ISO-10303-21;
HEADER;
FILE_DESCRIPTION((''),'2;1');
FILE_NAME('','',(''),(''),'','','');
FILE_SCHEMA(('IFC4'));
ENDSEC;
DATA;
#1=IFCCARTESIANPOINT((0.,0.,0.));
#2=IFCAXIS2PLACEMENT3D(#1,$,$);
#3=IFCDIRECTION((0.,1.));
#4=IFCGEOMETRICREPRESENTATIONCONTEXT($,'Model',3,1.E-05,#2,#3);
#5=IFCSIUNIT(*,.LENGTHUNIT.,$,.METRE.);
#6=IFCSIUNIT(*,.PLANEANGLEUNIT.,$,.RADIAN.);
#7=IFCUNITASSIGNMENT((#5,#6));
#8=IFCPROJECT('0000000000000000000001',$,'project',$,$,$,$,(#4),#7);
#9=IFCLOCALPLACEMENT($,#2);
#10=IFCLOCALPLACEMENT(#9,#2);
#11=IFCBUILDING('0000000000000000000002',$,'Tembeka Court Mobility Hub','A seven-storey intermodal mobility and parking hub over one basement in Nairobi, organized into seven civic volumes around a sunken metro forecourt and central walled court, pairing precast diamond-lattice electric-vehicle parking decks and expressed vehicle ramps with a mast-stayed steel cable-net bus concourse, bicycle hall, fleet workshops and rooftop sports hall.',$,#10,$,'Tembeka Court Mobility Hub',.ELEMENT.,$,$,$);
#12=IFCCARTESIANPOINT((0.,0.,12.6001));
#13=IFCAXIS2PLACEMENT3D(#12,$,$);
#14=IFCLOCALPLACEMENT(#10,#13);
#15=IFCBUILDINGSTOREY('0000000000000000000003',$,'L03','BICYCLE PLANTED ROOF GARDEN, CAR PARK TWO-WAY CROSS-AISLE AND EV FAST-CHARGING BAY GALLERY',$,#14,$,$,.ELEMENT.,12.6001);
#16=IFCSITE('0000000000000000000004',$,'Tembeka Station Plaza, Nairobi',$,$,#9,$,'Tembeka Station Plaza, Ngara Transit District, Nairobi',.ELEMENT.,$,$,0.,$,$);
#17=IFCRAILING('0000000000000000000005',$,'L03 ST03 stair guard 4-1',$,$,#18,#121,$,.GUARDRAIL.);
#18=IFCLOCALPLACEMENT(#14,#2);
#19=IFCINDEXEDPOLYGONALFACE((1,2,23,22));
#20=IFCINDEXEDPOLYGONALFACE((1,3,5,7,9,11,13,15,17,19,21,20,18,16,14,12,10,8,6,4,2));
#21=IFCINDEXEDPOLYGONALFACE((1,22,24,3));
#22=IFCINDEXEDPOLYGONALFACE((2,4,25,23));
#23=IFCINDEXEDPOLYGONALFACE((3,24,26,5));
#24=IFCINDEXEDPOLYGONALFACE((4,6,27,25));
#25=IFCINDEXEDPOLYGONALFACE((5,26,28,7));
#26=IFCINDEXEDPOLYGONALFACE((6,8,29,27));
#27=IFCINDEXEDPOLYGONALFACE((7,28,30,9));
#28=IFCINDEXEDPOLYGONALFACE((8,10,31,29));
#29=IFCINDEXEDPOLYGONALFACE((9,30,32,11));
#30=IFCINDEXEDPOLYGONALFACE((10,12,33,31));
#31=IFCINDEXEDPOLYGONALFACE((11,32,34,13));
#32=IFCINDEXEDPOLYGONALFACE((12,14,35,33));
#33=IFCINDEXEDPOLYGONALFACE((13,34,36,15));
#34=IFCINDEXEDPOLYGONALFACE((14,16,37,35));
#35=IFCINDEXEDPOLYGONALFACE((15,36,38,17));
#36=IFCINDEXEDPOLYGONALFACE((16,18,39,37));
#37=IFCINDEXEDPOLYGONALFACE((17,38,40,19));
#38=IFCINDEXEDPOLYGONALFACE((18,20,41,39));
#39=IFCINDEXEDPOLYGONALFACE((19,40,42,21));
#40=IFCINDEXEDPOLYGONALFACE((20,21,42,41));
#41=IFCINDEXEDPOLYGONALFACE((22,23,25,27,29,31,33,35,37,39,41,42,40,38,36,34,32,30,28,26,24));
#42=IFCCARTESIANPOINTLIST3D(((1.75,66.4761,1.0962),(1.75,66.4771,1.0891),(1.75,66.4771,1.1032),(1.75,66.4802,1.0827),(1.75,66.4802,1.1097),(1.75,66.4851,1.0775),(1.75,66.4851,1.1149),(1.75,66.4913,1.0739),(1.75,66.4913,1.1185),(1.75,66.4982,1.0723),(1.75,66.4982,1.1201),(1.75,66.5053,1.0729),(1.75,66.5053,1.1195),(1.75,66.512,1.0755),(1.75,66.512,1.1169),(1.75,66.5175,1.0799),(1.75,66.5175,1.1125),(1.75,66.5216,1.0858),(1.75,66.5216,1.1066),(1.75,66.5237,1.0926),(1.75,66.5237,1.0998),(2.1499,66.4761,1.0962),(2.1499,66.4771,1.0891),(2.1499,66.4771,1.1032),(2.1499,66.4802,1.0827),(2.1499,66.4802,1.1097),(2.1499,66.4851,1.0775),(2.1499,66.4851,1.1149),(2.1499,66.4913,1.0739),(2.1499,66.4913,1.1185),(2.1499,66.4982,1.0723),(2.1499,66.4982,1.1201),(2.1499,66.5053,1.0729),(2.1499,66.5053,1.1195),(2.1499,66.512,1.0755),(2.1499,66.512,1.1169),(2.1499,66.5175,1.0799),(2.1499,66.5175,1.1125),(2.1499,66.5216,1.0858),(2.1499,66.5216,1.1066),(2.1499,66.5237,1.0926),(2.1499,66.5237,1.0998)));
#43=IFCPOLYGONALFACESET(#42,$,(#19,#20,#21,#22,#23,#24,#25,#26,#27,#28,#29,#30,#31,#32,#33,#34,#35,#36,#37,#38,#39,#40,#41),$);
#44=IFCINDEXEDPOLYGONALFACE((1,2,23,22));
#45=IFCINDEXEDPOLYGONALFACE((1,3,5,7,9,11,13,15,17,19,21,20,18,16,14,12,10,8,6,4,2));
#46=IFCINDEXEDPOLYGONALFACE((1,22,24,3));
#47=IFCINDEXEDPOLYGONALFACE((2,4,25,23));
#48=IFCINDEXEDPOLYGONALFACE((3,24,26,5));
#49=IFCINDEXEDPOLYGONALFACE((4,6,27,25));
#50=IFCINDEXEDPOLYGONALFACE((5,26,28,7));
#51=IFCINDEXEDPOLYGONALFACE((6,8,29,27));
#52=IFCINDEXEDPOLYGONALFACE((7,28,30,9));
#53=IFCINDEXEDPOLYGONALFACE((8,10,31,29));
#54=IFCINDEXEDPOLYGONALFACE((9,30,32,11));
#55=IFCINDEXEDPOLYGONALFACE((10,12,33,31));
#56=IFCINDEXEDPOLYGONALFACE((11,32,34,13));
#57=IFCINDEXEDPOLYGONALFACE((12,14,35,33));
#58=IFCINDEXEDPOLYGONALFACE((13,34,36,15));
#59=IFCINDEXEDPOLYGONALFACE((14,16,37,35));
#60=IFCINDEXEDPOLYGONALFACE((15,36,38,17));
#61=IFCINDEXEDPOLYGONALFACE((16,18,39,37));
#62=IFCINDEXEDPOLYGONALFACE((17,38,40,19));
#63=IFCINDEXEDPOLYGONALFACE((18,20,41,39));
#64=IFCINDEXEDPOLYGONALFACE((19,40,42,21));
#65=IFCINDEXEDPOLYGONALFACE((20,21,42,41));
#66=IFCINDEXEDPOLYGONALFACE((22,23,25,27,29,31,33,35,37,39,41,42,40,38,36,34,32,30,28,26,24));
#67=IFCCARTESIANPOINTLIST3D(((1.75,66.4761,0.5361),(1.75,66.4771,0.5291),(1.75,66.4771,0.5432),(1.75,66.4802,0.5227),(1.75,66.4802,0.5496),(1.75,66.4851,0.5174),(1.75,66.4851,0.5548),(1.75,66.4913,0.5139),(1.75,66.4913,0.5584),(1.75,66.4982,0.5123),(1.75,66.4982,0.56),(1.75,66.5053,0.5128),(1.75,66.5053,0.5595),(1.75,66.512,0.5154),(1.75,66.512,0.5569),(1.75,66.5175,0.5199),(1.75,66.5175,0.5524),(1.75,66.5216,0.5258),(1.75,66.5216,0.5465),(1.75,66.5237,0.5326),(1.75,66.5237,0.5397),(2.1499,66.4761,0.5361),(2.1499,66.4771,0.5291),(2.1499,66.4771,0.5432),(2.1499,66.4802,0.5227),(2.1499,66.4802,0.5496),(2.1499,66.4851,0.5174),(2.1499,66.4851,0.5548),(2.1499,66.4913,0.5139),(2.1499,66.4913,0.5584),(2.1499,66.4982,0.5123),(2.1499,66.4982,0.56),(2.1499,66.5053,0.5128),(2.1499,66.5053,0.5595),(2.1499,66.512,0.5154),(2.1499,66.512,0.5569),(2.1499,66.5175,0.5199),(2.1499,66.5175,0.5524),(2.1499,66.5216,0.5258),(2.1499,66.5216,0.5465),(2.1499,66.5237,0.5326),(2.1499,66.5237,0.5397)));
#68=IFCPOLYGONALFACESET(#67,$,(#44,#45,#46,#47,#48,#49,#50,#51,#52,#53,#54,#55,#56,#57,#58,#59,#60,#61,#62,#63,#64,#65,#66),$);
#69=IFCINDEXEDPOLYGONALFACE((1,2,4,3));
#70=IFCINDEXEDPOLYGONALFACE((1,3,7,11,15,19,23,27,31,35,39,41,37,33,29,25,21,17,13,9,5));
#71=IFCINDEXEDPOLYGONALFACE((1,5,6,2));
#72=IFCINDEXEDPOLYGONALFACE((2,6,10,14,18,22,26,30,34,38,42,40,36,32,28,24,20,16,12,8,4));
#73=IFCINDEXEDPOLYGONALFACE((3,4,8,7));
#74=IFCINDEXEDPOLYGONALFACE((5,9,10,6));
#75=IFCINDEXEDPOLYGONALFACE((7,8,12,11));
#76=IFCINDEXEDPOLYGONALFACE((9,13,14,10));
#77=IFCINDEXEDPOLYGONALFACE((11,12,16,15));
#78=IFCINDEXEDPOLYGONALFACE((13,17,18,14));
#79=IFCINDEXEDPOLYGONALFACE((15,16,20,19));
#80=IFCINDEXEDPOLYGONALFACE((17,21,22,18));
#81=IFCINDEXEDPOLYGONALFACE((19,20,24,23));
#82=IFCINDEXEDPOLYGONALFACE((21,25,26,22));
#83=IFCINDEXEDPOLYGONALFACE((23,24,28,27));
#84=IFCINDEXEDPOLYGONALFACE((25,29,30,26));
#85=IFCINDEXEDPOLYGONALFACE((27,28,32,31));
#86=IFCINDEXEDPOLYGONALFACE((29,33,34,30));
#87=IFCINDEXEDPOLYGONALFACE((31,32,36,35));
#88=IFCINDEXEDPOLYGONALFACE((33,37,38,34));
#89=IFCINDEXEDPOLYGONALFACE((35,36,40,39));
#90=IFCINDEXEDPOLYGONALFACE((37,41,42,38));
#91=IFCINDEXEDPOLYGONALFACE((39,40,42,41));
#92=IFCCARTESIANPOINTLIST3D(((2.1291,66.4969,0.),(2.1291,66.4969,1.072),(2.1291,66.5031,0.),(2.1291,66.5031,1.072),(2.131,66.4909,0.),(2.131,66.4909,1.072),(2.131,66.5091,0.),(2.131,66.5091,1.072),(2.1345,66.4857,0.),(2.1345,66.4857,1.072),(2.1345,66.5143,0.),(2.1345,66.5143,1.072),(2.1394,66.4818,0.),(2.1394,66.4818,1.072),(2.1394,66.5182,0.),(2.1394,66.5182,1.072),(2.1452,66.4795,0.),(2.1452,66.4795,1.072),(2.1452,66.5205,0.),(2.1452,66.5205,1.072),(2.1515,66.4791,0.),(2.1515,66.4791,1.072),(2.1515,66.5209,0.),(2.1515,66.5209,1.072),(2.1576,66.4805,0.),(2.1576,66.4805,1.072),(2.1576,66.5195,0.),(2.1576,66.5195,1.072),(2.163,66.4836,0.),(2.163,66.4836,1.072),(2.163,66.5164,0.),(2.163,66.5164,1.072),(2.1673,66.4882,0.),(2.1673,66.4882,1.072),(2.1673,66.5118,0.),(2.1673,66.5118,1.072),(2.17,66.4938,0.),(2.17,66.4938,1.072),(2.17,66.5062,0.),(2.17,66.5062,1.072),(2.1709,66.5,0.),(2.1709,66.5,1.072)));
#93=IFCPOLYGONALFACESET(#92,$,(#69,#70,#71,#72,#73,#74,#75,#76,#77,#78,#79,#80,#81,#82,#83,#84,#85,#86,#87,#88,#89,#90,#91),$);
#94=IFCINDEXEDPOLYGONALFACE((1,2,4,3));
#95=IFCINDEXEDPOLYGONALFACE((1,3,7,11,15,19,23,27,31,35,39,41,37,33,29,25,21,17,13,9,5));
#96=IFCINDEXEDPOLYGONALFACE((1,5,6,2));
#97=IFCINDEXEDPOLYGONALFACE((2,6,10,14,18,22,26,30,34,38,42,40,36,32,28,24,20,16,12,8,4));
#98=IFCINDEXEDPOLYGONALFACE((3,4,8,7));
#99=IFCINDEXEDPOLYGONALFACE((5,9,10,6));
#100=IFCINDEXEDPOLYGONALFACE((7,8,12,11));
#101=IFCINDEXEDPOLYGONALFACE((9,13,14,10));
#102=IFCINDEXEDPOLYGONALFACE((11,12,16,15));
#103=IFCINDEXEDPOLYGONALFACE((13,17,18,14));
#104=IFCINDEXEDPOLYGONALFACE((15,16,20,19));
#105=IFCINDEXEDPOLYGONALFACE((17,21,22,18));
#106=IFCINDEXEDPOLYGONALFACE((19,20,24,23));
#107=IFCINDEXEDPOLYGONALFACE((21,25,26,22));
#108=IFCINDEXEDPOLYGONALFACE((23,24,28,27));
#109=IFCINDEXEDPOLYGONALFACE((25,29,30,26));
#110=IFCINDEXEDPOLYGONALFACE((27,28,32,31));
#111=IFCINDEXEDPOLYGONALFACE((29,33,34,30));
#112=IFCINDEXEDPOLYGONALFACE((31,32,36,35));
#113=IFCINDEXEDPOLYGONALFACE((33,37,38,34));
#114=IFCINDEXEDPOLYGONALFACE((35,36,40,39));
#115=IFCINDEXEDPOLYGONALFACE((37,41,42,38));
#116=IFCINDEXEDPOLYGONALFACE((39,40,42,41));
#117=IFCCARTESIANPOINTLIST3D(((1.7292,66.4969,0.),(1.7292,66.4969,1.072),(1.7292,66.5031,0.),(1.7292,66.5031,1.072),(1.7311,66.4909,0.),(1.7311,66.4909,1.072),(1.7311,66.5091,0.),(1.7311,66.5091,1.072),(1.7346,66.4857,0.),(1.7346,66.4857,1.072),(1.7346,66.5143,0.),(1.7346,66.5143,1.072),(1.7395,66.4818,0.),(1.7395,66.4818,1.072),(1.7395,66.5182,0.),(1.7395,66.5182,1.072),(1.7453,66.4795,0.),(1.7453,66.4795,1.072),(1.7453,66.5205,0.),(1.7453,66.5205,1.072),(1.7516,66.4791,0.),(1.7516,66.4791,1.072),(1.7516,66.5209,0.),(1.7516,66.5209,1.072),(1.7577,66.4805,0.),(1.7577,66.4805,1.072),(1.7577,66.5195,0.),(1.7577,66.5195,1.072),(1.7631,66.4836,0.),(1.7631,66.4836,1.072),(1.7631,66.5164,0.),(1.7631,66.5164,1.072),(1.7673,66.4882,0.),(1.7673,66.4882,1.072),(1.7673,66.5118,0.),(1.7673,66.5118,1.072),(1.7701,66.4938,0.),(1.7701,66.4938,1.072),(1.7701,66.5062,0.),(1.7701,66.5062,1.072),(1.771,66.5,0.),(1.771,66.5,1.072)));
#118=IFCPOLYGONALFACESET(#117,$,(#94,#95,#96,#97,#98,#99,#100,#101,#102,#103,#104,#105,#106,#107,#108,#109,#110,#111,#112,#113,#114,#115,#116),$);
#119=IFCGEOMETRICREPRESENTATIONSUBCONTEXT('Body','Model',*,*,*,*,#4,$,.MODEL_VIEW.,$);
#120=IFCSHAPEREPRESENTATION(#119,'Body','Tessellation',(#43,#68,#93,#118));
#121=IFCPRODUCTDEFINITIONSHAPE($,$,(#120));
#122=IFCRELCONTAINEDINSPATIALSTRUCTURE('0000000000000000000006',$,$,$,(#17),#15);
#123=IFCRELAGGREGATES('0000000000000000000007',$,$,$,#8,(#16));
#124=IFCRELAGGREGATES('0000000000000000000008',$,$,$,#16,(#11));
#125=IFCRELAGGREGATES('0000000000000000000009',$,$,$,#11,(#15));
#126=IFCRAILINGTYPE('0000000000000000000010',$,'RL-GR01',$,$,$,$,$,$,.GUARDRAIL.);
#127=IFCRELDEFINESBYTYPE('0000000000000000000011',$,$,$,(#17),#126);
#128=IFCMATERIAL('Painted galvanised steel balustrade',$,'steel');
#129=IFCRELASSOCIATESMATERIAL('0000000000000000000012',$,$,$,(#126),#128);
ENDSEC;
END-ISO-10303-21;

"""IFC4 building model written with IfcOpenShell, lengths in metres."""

from ifc_helpers import new_model, si_unit, direction, frame, origin, origin_2d, place, context, subcontext, project, spatial, circle, extrude, material, type_object, element, save


model = new_model("IFC4")

# Units and contexts
model_context = context("Model", 3, precision=1e-05, world=origin(), true_north=direction((0.0, 1.0)))
body_context = subcontext(model_context, "Body", "Model", "MODEL_VIEW")
ifc_project = project(units=[si_unit("LENGTHUNIT", "METRE"), si_unit("PLANEANGLEUNIT", "RADIAN")], contexts=[model_context])

# Site, building, storey
site_placement = place(None, origin())
site = spatial("IfcSite", under=ifc_project, at=site_placement, Name="Tembeka Station Plaza, Nairobi", LongName="Tembeka Station Plaza, Ngara Transit District, Nairobi", CompositionType="ELEMENT", RefElevation=0.0)
building_placement = place(site_placement, origin())
building = spatial("IfcBuilding", under=site, at=building_placement, Name="Tembeka Court Mobility Hub", Description="A seven-storey intermodal mobility and parking hub over one basement in Nairobi, organized into seven civic volumes around a sunken metro forecourt and central walled court, pairing precast diamond-lattice electric-vehicle parking decks and expressed vehicle ramps with a mast-stayed steel cable-net bus concourse, bicycle hall, fleet workshops and rooftop sports hall.", LongName="Tembeka Court Mobility Hub", CompositionType="ELEMENT")
storey_placement = place(building_placement, frame((0.0, 0.0, 12.6001)))
storey = spatial("IfcBuildingStorey", under=building, at=storey_placement, Name="L03", Description="BICYCLE PLANTED ROOF GARDEN, CAR PARK TWO-WAY CROSS-AISLE AND EV FAST-CHARGING BAY GALLERY", CompositionType="ELEMENT", Elevation=12.6001)

# Railing
ifc_material_1 = material(Name="Painted galvanised steel balustrade", Category="steel")
railing_type_1 = type_object("IfcRailingType", Name="RL-GR01", PredefinedType="GUARDRAIL", material=ifc_material_1)
railing_1_placement = place(storey_placement, frame((2.1499, 66.5, 0.0)))
element("IfcRailing", 1, at=railing_1_placement, inside=storey, type_object=railing_type_1, Name="L03 ST03 stair guard 4-1", PredefinedType="GUARDRAIL", context=body_context, shape_type="SweptSolid", body=[
    extrude(circle(Radius=0.0239, at=origin_2d()), frame((0.0, 0.0, 1.0962), z_axis=(-1.0, 0.0, 0.0), x_axis=(0.0, -1.0, 0.0)), (0.0, 0.0, 1.0), 0.3999),
    extrude(circle(Radius=0.0239, at=origin_2d()), frame((0.0, 0.0, 0.5361), z_axis=(-1.0, 0.0, 0.0), x_axis=(0.0, -1.0, 0.0)), (0.0, 0.0, 1.0), 0.3999),
    extrude(circle(Radius=0.021, at=origin_2d()), origin(), (0.0, 0.0, 1.0), 1.072),
    extrude(circle(Radius=0.021, at=origin_2d()), frame((-0.3999, 0.0, 0.0)), (0.0, 0.0, 1.0), 1.072),
])

save(model, "model.ifc")
